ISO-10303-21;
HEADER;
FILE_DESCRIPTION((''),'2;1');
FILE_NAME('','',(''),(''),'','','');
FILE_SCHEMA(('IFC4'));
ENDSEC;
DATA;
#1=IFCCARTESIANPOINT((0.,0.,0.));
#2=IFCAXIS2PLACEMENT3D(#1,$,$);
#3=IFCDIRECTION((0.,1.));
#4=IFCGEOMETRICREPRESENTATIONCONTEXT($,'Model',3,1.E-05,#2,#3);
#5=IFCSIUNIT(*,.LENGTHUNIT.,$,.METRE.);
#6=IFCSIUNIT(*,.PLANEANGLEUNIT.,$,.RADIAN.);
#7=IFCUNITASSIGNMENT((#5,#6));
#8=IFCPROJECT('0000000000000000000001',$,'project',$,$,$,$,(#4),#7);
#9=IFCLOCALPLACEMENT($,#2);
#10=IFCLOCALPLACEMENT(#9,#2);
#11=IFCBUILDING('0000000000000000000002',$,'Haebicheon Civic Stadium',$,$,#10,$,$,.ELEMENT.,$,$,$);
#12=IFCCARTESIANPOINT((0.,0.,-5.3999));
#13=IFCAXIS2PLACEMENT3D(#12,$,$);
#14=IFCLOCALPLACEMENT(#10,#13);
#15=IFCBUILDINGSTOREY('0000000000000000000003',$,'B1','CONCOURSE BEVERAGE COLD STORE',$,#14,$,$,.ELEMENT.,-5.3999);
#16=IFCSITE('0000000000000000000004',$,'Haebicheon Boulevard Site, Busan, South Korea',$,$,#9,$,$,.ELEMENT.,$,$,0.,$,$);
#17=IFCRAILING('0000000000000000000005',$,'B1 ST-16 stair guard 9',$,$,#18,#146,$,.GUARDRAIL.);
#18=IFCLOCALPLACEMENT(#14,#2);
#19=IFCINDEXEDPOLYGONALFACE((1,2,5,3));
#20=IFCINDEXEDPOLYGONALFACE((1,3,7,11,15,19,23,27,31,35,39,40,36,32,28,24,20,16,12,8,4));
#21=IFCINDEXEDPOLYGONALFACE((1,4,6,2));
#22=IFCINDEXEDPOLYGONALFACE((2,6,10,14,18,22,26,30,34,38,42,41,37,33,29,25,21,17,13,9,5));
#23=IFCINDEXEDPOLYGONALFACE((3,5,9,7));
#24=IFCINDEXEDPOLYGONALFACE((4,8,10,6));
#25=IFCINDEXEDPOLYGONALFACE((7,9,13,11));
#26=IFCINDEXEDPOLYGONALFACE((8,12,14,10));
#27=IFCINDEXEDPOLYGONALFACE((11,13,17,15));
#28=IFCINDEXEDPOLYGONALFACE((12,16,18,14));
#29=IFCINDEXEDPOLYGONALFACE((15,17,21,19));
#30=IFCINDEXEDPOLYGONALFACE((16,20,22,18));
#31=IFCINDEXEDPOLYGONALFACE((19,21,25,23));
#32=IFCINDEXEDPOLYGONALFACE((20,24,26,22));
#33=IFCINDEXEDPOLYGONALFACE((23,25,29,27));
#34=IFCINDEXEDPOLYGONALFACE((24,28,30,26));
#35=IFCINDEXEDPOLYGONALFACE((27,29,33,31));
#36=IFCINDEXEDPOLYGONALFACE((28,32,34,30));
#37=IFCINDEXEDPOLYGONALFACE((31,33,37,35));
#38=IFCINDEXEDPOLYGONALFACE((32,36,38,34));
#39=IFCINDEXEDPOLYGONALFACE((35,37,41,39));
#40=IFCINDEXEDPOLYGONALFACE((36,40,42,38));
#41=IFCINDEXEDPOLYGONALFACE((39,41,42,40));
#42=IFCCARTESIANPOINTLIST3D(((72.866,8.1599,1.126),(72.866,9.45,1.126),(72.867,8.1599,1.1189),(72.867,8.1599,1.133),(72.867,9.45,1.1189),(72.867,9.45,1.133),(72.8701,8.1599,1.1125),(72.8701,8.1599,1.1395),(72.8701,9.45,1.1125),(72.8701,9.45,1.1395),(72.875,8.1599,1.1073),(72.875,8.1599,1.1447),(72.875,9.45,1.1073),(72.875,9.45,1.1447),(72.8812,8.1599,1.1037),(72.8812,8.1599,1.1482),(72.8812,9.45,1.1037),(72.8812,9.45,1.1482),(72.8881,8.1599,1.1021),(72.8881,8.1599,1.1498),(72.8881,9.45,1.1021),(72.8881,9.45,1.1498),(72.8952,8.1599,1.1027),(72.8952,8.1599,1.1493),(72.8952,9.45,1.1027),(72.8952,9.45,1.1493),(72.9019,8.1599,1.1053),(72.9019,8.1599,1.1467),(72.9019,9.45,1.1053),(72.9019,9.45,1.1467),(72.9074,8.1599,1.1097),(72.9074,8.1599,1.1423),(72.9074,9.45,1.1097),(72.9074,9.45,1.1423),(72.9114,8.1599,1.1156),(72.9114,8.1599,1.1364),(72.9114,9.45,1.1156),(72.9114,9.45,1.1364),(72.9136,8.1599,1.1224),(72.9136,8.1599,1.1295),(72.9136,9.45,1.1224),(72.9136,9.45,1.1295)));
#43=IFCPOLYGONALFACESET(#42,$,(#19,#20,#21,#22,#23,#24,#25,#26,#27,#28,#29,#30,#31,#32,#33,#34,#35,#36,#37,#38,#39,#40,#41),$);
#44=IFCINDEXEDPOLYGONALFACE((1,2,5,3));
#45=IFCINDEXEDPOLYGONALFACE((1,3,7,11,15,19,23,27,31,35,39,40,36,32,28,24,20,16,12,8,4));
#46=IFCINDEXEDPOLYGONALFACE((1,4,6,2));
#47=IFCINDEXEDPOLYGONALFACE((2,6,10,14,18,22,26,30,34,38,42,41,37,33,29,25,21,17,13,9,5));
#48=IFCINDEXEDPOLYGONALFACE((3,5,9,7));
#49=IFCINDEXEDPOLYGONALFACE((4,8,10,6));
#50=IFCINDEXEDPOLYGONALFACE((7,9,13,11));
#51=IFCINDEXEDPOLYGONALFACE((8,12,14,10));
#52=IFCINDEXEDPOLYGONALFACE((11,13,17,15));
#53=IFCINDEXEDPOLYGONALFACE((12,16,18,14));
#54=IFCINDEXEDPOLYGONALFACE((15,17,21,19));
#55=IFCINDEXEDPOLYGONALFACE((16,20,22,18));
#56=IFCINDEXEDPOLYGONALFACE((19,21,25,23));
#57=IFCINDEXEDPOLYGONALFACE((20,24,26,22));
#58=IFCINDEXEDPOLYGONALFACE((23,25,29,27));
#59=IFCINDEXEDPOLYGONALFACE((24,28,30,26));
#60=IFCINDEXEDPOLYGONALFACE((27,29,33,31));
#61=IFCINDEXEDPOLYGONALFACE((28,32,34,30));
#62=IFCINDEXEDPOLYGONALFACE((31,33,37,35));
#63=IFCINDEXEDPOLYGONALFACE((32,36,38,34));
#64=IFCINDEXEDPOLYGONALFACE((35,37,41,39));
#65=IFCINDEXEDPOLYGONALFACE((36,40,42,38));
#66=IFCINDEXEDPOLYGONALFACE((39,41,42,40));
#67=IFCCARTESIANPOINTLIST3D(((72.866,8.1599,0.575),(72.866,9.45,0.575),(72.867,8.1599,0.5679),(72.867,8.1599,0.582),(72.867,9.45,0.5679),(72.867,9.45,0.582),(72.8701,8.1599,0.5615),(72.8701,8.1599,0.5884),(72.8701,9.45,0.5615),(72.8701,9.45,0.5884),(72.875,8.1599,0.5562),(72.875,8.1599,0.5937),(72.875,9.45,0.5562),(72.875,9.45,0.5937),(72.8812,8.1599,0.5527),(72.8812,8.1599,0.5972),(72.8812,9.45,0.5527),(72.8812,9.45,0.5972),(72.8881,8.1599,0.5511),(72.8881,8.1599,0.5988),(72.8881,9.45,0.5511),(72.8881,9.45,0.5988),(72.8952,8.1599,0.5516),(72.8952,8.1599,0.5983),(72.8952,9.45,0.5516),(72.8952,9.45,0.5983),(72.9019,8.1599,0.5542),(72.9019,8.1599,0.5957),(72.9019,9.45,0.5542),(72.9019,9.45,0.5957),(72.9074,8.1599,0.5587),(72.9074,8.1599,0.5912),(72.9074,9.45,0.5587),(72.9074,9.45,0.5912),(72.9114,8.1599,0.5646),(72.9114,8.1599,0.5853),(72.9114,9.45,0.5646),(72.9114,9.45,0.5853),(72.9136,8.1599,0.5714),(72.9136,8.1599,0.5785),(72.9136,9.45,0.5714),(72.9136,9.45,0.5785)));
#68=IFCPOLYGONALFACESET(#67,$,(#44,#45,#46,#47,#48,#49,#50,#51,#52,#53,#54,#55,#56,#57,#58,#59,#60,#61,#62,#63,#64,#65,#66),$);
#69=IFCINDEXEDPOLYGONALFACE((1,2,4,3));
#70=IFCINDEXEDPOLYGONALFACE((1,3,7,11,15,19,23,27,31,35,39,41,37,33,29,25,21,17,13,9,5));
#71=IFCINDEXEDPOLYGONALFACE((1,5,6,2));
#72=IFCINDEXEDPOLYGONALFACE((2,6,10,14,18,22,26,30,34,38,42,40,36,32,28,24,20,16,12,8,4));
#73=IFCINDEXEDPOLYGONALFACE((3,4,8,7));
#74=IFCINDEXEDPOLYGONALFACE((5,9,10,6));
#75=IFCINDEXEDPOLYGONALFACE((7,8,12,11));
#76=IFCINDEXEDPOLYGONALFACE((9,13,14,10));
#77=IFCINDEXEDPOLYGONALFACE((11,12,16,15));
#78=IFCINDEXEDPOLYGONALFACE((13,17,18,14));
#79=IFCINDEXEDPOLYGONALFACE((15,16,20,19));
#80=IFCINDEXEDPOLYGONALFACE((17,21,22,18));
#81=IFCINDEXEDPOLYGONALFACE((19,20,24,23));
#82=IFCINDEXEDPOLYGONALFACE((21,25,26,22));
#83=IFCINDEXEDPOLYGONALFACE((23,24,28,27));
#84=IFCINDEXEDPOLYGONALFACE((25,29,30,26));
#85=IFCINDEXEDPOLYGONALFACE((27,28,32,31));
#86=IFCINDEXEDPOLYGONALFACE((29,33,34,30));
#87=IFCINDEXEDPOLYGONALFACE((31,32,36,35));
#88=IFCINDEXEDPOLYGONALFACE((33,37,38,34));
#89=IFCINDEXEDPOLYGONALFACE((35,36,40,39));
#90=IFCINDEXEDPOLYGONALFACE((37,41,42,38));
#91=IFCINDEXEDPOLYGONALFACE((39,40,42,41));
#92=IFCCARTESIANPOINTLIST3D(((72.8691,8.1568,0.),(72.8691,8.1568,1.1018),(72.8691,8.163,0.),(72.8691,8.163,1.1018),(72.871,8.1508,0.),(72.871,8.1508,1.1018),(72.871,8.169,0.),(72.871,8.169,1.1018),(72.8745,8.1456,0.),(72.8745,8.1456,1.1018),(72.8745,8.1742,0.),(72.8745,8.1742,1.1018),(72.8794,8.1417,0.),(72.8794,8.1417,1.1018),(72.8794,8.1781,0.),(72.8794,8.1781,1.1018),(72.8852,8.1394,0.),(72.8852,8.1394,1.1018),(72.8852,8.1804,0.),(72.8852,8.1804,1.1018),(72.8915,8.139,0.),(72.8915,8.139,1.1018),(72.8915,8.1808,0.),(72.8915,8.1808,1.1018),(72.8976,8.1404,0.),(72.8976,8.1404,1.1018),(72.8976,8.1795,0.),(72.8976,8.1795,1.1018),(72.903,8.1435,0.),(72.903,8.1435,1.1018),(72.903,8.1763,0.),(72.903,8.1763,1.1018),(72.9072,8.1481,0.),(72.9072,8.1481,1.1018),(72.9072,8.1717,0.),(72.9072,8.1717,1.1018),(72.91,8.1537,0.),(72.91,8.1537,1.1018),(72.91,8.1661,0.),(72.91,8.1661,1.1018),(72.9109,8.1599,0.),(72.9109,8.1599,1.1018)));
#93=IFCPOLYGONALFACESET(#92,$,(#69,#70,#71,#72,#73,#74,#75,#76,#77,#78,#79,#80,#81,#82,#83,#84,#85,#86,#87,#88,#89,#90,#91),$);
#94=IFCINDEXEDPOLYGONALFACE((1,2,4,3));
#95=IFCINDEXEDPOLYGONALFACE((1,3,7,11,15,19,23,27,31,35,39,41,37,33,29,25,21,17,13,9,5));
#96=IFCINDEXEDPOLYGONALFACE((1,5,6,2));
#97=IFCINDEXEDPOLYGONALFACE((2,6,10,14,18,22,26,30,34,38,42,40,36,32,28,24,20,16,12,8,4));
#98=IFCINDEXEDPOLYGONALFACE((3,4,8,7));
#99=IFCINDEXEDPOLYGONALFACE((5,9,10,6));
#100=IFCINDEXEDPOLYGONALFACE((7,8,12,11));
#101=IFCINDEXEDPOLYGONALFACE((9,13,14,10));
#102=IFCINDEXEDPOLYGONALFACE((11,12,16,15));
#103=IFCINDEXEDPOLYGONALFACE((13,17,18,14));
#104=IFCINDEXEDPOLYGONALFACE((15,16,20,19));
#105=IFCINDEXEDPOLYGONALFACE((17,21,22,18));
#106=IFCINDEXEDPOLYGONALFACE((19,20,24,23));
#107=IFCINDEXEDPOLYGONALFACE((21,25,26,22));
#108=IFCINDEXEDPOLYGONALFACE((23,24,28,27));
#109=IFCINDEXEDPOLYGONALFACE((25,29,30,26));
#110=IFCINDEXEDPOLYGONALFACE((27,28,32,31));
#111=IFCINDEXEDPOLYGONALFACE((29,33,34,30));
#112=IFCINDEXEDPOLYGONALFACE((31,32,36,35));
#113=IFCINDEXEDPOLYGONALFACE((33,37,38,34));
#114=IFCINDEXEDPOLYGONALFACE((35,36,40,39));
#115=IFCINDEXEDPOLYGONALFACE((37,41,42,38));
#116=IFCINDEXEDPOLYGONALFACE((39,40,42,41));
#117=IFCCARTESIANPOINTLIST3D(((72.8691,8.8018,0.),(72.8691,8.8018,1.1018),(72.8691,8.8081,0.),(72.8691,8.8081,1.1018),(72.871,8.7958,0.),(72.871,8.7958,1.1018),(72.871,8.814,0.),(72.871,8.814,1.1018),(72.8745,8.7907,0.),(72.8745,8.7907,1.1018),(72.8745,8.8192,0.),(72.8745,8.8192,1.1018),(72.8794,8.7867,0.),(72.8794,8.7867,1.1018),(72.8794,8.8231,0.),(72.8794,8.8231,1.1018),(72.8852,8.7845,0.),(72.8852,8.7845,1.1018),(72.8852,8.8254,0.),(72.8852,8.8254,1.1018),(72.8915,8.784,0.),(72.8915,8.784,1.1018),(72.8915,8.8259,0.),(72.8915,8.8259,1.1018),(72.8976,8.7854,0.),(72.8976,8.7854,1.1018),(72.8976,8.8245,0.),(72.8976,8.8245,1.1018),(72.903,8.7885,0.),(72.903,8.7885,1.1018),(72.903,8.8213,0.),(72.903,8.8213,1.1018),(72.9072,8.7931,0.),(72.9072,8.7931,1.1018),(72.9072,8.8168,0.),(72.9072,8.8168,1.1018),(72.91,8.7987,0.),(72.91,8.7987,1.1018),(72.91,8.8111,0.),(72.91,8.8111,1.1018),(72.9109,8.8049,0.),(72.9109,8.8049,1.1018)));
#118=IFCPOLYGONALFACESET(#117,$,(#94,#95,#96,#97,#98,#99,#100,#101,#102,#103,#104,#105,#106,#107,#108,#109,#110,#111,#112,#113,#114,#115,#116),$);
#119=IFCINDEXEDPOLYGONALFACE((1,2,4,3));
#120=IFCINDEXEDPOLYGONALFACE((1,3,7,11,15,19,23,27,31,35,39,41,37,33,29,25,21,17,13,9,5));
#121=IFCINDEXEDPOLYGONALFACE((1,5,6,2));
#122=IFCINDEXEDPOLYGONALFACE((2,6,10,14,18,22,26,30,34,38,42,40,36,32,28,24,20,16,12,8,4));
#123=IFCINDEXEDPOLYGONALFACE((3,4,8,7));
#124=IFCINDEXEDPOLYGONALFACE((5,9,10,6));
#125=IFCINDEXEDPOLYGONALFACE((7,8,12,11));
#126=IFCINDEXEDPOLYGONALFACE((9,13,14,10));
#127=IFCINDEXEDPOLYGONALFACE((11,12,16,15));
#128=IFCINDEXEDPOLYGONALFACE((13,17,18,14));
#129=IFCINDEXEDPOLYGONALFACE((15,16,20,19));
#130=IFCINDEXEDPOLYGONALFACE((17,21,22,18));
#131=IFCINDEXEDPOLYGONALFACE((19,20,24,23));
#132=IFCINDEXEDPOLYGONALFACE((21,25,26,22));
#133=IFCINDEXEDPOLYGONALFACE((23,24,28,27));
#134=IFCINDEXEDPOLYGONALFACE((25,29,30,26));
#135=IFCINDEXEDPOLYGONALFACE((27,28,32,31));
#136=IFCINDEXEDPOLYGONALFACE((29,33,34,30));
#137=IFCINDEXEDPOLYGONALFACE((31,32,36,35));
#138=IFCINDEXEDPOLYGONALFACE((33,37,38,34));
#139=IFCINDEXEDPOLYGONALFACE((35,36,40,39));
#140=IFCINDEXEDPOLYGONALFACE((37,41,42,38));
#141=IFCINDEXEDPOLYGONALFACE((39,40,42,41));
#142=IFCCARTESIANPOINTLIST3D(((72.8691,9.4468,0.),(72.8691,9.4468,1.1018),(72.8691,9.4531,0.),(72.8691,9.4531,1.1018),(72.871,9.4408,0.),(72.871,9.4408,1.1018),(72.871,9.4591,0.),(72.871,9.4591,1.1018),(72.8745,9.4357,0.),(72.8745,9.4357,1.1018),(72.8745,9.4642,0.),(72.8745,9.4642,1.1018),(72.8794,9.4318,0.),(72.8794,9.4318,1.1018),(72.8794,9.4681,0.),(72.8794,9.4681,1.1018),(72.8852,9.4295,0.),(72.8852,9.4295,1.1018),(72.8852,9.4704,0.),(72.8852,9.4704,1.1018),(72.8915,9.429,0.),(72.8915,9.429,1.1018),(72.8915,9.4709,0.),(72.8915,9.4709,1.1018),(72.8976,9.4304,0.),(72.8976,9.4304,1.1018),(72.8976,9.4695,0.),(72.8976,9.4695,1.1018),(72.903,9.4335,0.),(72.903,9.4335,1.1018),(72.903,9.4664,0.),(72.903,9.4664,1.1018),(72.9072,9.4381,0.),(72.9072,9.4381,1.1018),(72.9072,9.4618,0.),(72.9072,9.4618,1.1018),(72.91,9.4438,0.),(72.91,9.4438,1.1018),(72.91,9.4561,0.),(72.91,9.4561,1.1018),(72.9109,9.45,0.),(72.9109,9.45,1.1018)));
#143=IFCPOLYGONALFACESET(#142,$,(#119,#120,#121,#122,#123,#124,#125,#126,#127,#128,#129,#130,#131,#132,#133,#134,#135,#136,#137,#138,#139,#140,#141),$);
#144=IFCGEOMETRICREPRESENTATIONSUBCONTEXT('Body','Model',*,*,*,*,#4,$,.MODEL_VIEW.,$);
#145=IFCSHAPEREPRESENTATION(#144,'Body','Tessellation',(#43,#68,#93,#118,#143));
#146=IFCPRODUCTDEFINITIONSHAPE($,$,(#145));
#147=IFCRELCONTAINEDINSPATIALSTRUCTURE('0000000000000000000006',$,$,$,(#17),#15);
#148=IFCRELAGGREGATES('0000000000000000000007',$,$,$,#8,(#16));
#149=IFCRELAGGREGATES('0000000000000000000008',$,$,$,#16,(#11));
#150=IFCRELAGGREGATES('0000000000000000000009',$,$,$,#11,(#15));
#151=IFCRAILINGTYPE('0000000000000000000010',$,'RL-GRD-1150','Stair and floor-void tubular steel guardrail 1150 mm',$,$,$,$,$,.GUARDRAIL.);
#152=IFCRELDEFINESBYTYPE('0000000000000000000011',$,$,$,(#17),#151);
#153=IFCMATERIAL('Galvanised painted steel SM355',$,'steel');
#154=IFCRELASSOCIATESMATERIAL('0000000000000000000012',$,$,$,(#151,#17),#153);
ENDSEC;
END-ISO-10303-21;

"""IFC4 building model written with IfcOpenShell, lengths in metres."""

from ifc_helpers import new_model, si_unit, direction, frame, origin, origin_2d, place, context, subcontext, project, spatial, circle, extrude, material, type_object, element, save


model = new_model("IFC4")

# Units and contexts
model_context = context("Model", 3, precision=1e-05, world=origin(), true_north=direction((0.0, 1.0)))
body_context = subcontext(model_context, "Body", "Model", "MODEL_VIEW")
ifc_project = project(units=[si_unit("LENGTHUNIT", "METRE"), si_unit("PLANEANGLEUNIT", "RADIAN")], contexts=[model_context])

# Site, building, storey
site_placement = place(None, origin())
site = spatial("IfcSite", under=ifc_project, at=site_placement, Name="Haebicheon Boulevard Site, Busan, South Korea", CompositionType="ELEMENT", RefElevation=0.0)
building_placement = place(site_placement, origin())
building = spatial("IfcBuilding", under=site, at=building_placement, Name="Haebicheon Civic Stadium", CompositionType="ELEMENT")
storey_placement = place(building_placement, frame((0.0, 0.0, -5.3999)))
storey = spatial("IfcBuildingStorey", under=building, at=storey_placement, Name="B1", Description="CONCOURSE BEVERAGE COLD STORE", CompositionType="ELEMENT", Elevation=-5.3999)

# Railing
ifc_material_1 = material(Name="Galvanised painted steel SM355", Category="steel")
railing_type = type_object("IfcRailingType", Name="RL-GRD-1150", Description="Stair and floor-void tubular steel guardrail 1150 mm", PredefinedType="GUARDRAIL", material=ifc_material_1)
for number, where, name in (
    (1, (72.8899, 8.1599, 0.0), "B1 ST-16 stair guard 9"),
):
    element("IfcRailing", number, at=place(storey_placement, frame(where)), inside=storey, type_object=railing_type, material=ifc_material_1, Name=name, PredefinedType="GUARDRAIL", context=body_context, shape_type="SweptSolid", body=[
        extrude(circle(Radius=0.0239, at=origin_2d()), frame((0.0, 0.0, 1.126), z_axis=(0.0, 1.0, 0.0), x_axis=(-1.0, 0.0, 0.0)), (0.0, 0.0, 1.0), 1.29),
        extrude(circle(Radius=0.0239, at=origin_2d()), frame((0.0, 0.0, 0.575), z_axis=(0.0, 1.0, 0.0), x_axis=(-1.0, 0.0, 0.0)), (0.0, 0.0, 1.0), 1.29),
        extrude(circle(Radius=0.021, at=origin_2d()), origin(), (0.0, 0.0, 1.0), 1.1018),
        extrude(circle(Radius=0.021, at=origin_2d()), frame((0.0, 0.645, 0.0)), (0.0, 0.0, 1.0), 1.1018),
        extrude(circle(Radius=0.021, at=origin_2d()), frame((0.0, 1.29, 0.0)), (0.0, 0.0, 1.0), 1.1018),
    ])

save(model, "model.ifc")
